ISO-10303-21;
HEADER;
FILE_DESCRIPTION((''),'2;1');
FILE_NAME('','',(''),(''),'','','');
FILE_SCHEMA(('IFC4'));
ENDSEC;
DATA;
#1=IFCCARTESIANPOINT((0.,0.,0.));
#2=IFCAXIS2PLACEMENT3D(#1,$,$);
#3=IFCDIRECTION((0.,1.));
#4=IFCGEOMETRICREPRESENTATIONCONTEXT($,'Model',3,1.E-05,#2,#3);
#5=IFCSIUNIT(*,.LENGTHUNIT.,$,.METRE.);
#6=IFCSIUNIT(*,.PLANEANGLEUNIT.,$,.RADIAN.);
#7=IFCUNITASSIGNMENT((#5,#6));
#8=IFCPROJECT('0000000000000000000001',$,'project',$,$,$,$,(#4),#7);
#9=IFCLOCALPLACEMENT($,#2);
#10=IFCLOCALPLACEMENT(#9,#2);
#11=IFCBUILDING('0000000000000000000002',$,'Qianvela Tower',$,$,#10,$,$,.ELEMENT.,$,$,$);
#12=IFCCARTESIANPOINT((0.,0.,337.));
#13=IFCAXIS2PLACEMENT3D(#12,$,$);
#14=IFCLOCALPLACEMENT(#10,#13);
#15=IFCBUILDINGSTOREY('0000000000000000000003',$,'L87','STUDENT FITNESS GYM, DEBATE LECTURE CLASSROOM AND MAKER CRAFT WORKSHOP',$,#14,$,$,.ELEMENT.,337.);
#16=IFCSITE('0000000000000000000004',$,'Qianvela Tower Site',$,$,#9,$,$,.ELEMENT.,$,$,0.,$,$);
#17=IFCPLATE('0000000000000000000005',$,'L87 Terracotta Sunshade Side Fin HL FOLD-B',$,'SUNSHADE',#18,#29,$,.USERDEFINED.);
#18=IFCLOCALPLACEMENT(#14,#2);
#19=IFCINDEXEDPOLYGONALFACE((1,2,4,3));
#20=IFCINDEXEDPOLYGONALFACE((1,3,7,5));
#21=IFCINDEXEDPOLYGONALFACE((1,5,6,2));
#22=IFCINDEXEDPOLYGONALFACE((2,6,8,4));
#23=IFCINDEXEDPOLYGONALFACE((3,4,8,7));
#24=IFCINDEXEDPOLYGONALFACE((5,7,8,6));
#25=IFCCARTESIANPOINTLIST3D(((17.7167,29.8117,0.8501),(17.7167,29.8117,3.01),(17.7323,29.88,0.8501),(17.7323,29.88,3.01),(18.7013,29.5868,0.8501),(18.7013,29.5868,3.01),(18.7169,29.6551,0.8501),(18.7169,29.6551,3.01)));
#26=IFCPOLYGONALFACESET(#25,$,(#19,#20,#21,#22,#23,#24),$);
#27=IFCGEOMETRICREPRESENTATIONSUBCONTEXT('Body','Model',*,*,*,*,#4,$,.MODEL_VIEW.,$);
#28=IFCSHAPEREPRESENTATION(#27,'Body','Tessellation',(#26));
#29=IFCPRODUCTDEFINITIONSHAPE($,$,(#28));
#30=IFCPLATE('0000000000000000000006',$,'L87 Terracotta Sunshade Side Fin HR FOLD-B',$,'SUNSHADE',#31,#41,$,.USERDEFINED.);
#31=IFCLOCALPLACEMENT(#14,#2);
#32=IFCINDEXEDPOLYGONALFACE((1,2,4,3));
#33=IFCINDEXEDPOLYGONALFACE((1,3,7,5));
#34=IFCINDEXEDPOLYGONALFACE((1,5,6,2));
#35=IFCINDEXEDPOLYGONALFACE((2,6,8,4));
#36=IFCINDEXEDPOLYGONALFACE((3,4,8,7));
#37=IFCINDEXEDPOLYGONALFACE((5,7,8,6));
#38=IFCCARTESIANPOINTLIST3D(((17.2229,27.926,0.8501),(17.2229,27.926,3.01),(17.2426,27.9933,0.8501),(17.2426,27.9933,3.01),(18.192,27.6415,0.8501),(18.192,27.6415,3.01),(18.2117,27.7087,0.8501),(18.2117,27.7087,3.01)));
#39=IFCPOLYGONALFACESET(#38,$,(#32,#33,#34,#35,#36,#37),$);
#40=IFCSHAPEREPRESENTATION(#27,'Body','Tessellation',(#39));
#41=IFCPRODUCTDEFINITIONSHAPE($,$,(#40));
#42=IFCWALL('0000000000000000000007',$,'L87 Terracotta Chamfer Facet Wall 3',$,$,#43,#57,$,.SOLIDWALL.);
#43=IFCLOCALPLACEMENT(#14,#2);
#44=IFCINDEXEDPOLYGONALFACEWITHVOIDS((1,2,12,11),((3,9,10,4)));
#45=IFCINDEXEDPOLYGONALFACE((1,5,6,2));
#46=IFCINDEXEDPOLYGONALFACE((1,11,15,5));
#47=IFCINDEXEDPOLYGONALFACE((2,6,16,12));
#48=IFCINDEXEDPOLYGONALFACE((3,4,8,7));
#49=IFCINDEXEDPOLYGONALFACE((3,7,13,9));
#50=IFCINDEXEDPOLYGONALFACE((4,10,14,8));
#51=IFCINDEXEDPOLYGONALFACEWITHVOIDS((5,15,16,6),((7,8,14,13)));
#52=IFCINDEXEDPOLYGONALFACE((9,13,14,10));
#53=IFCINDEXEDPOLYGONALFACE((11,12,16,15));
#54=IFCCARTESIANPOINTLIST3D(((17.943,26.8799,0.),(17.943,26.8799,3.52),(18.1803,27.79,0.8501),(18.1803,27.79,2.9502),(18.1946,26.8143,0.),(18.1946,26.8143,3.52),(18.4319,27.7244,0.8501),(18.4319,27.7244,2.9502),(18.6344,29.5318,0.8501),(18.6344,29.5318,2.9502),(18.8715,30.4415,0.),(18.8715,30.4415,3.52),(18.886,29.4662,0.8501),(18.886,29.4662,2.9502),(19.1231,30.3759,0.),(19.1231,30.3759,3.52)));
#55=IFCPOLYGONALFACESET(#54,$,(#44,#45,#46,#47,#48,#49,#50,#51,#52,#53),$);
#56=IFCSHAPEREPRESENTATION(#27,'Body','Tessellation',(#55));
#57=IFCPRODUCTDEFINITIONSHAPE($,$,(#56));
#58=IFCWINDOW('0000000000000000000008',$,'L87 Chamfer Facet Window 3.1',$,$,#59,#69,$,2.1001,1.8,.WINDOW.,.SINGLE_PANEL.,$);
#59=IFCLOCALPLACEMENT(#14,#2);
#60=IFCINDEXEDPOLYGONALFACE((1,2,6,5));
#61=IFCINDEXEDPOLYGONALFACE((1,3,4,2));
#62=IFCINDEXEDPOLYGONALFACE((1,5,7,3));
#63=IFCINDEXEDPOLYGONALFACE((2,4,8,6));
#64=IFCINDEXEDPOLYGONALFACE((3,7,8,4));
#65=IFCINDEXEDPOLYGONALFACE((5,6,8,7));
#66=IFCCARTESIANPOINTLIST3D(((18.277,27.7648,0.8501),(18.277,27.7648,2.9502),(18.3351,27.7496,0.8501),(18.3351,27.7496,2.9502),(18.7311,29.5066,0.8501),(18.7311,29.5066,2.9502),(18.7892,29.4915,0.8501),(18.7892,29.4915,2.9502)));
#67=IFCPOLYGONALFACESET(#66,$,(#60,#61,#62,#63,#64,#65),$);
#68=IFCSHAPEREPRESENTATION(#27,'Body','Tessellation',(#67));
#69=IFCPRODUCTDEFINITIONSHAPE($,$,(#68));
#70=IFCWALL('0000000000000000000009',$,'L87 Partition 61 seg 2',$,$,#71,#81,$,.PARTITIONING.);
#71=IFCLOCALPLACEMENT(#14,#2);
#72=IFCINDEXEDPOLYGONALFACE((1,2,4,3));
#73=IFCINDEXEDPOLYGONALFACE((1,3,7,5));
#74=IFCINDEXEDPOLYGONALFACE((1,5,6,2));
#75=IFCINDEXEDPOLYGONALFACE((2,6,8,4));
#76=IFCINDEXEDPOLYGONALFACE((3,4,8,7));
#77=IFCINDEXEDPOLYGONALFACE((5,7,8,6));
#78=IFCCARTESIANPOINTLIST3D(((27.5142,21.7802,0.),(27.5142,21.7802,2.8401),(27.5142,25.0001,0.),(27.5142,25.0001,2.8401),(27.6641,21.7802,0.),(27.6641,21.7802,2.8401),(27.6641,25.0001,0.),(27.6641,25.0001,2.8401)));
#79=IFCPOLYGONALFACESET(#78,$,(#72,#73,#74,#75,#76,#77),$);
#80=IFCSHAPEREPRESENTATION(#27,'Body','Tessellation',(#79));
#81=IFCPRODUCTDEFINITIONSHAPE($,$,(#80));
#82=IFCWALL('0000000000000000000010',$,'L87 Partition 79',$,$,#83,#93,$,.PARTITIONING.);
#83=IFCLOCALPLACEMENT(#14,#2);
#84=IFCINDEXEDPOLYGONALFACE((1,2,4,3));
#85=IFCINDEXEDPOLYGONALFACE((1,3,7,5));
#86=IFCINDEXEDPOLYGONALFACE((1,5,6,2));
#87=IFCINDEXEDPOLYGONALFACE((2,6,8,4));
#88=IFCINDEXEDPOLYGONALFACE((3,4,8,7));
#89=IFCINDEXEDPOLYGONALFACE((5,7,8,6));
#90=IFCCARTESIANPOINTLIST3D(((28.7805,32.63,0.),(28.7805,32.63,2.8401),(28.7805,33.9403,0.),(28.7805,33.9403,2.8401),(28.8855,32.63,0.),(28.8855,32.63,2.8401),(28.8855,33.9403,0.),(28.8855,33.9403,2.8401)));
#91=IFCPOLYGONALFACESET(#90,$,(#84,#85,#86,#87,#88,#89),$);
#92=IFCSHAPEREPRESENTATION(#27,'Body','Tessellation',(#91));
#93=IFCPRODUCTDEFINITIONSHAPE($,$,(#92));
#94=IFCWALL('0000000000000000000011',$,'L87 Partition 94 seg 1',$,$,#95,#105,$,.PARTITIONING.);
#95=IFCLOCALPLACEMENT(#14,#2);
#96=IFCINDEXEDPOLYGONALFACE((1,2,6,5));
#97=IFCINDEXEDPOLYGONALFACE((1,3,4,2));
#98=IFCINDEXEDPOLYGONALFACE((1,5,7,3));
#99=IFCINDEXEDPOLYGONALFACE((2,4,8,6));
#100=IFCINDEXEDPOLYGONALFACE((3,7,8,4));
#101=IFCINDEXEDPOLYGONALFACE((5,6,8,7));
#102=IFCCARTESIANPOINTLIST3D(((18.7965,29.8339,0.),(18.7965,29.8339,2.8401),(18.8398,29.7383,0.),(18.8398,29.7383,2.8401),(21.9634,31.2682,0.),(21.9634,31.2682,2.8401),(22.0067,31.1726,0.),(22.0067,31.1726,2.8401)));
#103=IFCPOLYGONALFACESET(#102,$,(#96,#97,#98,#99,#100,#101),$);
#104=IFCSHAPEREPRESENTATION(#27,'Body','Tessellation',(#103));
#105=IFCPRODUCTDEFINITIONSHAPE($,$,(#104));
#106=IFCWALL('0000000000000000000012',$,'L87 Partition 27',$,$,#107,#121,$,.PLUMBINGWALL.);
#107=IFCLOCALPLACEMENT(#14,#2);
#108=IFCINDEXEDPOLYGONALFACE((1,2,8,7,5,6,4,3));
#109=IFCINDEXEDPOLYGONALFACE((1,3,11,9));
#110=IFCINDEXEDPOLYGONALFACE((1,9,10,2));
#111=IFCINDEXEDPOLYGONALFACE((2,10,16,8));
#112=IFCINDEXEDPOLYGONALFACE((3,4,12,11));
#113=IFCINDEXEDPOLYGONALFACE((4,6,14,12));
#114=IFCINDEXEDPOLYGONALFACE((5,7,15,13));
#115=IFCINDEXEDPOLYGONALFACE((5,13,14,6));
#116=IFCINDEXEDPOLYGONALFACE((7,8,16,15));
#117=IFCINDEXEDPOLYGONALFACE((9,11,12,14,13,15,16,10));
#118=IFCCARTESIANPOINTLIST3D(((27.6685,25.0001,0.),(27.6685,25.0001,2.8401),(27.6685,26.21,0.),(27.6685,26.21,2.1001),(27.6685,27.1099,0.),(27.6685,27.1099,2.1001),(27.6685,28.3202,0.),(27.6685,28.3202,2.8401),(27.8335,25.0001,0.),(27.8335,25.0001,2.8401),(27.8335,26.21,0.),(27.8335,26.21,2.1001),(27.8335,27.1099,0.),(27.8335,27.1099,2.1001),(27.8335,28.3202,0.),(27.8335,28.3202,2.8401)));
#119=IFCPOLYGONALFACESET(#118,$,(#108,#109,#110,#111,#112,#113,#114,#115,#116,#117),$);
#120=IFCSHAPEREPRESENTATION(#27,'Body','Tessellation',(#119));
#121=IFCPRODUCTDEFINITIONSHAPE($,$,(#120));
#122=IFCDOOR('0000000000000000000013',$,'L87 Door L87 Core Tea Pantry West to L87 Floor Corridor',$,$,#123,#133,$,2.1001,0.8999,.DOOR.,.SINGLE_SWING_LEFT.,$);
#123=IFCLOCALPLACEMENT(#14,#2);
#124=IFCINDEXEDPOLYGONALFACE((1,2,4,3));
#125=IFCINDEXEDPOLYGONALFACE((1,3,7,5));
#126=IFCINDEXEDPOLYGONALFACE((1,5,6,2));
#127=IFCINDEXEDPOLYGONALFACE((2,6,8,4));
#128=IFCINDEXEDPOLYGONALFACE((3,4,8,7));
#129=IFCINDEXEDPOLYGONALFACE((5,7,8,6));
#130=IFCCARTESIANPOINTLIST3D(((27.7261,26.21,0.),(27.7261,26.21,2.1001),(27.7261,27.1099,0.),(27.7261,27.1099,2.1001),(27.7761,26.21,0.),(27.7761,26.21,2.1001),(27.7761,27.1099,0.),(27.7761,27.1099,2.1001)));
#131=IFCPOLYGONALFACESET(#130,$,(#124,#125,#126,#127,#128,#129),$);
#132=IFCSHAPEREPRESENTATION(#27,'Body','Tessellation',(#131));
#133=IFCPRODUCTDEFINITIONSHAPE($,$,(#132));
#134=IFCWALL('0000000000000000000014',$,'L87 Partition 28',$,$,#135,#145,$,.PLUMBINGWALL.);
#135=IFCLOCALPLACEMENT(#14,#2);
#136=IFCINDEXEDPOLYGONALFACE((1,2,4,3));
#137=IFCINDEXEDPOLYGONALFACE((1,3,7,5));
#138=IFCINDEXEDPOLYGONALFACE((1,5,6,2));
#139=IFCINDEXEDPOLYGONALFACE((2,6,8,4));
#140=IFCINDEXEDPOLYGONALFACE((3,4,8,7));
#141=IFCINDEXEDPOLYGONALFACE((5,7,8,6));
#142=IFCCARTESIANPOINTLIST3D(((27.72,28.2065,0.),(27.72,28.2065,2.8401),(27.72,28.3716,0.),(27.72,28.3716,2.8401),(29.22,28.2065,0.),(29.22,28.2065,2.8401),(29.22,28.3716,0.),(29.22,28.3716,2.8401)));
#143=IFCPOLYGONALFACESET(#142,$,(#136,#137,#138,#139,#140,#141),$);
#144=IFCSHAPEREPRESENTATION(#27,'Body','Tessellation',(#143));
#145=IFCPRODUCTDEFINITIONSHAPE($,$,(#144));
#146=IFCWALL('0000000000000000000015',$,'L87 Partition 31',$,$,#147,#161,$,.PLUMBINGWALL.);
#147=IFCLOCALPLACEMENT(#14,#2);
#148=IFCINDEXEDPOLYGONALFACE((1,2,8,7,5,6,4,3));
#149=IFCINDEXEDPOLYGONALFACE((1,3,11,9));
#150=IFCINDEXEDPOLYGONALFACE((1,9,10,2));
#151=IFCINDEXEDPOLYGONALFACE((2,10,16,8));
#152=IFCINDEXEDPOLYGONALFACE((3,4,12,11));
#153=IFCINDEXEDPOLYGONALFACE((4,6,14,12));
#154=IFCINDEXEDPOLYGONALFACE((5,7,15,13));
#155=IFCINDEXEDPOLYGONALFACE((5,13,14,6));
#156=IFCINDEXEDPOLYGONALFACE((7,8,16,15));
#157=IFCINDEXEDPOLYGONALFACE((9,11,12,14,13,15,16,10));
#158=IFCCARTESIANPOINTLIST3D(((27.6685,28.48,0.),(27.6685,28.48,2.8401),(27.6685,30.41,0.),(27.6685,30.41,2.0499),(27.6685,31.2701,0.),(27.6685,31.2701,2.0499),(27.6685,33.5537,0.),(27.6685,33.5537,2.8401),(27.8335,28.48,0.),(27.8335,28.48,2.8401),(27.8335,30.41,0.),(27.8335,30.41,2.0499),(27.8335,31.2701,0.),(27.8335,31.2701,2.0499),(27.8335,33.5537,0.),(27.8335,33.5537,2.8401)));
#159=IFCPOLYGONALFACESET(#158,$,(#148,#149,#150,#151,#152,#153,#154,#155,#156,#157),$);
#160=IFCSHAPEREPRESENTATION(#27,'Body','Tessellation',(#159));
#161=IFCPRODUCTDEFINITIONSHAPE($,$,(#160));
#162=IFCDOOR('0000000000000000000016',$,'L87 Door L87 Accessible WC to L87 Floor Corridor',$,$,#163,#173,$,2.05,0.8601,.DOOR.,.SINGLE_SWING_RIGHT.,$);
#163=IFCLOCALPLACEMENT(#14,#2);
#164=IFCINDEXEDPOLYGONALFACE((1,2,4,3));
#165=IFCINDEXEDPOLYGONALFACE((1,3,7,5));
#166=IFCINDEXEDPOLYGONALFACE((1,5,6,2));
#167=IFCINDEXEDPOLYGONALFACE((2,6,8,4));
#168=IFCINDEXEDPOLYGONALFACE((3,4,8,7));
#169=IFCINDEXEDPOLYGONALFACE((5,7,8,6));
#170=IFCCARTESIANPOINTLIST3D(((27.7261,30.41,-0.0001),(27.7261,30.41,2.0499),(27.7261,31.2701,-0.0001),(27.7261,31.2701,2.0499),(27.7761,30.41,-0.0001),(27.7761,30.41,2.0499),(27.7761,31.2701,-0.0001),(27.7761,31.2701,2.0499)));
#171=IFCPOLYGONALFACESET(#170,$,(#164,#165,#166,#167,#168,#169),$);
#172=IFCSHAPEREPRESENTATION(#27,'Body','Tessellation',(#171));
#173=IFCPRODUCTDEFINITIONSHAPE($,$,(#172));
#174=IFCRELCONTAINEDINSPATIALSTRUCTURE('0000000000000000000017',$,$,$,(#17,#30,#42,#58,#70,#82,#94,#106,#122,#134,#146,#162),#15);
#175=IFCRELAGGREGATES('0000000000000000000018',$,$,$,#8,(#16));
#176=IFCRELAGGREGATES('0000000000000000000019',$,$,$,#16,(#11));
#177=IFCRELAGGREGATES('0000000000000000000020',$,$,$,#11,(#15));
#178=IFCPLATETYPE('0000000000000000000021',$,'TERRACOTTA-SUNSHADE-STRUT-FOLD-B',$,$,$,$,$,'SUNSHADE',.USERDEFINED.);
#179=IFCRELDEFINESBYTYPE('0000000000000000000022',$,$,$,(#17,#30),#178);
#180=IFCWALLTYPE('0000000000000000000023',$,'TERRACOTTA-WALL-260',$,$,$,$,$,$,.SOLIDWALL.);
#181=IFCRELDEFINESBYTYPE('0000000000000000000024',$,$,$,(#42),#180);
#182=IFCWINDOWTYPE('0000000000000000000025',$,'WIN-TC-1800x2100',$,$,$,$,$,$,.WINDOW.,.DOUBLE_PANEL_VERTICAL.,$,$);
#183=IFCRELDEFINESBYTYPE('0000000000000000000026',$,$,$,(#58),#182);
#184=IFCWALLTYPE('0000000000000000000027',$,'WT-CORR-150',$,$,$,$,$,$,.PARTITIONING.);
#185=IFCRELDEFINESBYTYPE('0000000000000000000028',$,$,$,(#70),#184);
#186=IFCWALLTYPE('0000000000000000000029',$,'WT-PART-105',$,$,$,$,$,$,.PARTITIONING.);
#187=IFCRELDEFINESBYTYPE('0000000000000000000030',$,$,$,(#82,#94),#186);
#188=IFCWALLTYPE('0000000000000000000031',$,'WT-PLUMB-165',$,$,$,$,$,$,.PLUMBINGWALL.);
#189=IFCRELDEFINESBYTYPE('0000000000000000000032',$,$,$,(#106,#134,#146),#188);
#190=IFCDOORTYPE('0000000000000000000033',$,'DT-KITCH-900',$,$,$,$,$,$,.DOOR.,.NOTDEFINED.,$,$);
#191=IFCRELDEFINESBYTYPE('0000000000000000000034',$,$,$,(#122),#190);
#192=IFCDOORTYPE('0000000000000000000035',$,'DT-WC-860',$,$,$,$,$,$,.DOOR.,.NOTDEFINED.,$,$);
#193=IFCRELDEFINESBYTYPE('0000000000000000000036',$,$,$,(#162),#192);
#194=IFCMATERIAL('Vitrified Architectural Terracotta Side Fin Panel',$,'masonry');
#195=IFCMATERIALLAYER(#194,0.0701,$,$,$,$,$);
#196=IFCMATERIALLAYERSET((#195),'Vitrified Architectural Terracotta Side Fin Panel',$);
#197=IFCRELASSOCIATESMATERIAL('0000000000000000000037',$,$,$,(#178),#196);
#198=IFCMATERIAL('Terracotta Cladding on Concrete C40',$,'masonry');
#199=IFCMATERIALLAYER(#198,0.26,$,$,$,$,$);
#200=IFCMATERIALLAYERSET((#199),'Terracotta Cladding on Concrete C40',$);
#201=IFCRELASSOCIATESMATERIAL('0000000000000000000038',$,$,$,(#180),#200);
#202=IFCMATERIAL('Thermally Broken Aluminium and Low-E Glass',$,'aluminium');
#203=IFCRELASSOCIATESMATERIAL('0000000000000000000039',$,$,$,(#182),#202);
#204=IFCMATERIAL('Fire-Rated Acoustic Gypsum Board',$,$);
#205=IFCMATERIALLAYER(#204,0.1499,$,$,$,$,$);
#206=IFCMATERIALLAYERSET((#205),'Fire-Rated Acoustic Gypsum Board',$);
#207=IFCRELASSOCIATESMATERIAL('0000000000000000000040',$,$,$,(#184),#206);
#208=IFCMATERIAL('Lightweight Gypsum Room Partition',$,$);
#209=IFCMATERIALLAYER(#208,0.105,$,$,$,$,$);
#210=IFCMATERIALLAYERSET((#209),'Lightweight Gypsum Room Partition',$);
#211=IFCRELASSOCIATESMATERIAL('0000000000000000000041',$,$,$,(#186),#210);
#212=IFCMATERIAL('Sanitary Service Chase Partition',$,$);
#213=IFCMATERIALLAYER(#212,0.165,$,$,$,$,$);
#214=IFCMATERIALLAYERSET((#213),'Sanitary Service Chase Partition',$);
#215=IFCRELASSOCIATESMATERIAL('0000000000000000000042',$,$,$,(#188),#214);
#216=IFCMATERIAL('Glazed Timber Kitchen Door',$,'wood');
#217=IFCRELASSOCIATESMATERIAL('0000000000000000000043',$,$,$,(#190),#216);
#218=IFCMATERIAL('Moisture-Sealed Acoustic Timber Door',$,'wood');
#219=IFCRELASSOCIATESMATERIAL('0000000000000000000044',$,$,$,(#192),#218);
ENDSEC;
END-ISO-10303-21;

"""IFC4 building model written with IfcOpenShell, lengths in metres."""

from ifc_helpers import new_model, si_unit, direction, frame, frame_2d, origin, origin_2d, place, context, subcontext, project, spatial, rectangle, extrude, material, layer, layer_set, type_object, element, fill, save


model = new_model("IFC4")

# Units and contexts
model_context = context("Model", 3, precision=1e-05, world=origin(), true_north=direction((0.0, 1.0)))
body_context = subcontext(model_context, "Body", "Model", "MODEL_VIEW")
ifc_project = project(units=[si_unit("LENGTHUNIT", "METRE"), si_unit("PLANEANGLEUNIT", "RADIAN")], contexts=[model_context])

# Site, building, storey
site_placement = place(None, origin())
site = spatial("IfcSite", under=ifc_project, at=site_placement, Name="Qianvela Tower Site", CompositionType="ELEMENT", RefElevation=0.0)
building_placement = place(site_placement, origin())
building = spatial("IfcBuilding", under=site, at=building_placement, Name="Qianvela Tower", CompositionType="ELEMENT")
storey_placement = place(building_placement, frame((0.0, 0.0, 337.0)))
storey = spatial("IfcBuildingStorey", under=building, at=storey_placement, Name="L87", Description="STUDENT FITNESS GYM, DEBATE LECTURE CLASSROOM AND MAKER CRAFT WORKSHOP", CompositionType="ELEMENT", Elevation=337.0)

# Plates
ifc_material_1 = material(Name="Vitrified Architectural Terracotta Side Fin Panel", Category="masonry")
ifc_layer_1 = layer(ifc_material_1, 0.0701)
ifc_layer_set_1 = layer_set([ifc_layer_1], Name="Vitrified Architectural Terracotta Side Fin Panel")
plate_type_1 = type_object("IfcPlateType", Name="TERRACOTTA-SUNSHADE-STRUT-FOLD-B", ElementType="SUNSHADE", PredefinedType="USERDEFINED", material=ifc_layer_set_1)
for number, where, z_axis, x_axis, name in (
    (1, (18.2168, 29.7334, 0.8501), (0.0, 0.0, 1.0), (-0.222622, -0.974905, 0.0), "L87 Terracotta Sunshade Side Fin HL FOLD-B"),
    (2, (17.7173, 27.8174, 0.8501), (0.0, 0.0, 1.0), (-0.281724, -0.959496, 0.0), "L87 Terracotta Sunshade Side Fin HR FOLD-B"),
):
    element("IfcPlate", number, at=place(storey_placement, frame(where, z_axis=z_axis, x_axis=x_axis)), inside=storey, type_object=plate_type_1, Name=name, ObjectType="SUNSHADE", PredefinedType="USERDEFINED", context=body_context, shape_type="SweptSolid", body=[
        extrude(rectangle(XDim=0.0701, YDim=1.01, at=origin_2d()), origin(), (0.0, 0.0, 1.0), 2.1599),
    ])

# Wall, opening, window
ifc_material_2 = material(Name="Terracotta Cladding on Concrete C40", Category="masonry")
ifc_layer_2 = layer(ifc_material_2, 0.26)
ifc_layer_set_2 = layer_set([ifc_layer_2], Name="Terracotta Cladding on Concrete C40")
wall_type_1 = type_object("IfcWallType", Name="TERRACOTTA-WALL-260", PredefinedType="SOLIDWALL", material=ifc_layer_set_2)
wall_1_placement = place(storey_placement, frame((18.9973, 30.4087, 0.0), z_axis=(0.0, 0.0, 1.0), x_axis=(-0.252263, -0.967659, 0.0)))
wall_1 = element("IfcWall", 3, at=wall_1_placement, inside=storey, type_object=wall_type_1, Name="L87 Terracotta Chamfer Facet Wall 3", PredefinedType="SOLIDWALL", context=body_context, shape_type="SweptSolid", body=[
    extrude(rectangle(XDim=3.6807, YDim=0.26, at=frame_2d((1.8403, 0.0))), origin(), (0.0, 0.0, 1.0), 3.52),
])
opening_1_placement = place(wall_1_placement, frame((0.9402, 0.0, 0.8501)))
opening_1 = element("IfcOpeningElement", 4, at=opening_1_placement, cuts=wall_1, PredefinedType="OPENING", context=body_context, shape_type="SweptSolid", body=[
    extrude(rectangle(XDim=1.8, YDim=2.1001, at=frame_2d((0.8999, 1.05))), frame((0.0, 0.1399, 0.0), z_axis=(0.0, -1.0, 0.0), x_axis=(1.0, 0.0, 0.0)), (0.0, 0.0, 1.0), 0.28),
])
ifc_material_3 = material(Name="Thermally Broken Aluminium and Low-E Glass", Category="aluminium")
window_type = type_object("IfcWindowType", Name="WIN-TC-1800x2100", PartitioningType="DOUBLE_PANEL_VERTICAL", PredefinedType="WINDOW", material=ifc_material_3)
window_placement = place(opening_1_placement, origin())
window = element("IfcWindow", 5, at=window_placement, inside=storey, type_object=window_type, Name="L87 Chamfer Facet Window 3.1", OverallHeight=2.1001, OverallWidth=1.8, PartitioningType="SINGLE_PANEL", PredefinedType="WINDOW", context=body_context, shape_type="SweptSolid", body=[
    extrude(rectangle(XDim=1.8, YDim=2.1001, at=frame_2d((0.8999, 1.05))), frame((0.0, 0.03, 0.0), z_axis=(0.0, -1.0, 0.0), x_axis=(1.0, 0.0, 0.0)), (0.0, 0.0, 1.0), 0.0601),
])
fill(opening_1, window)

# Walls
ifc_material_4 = material(Name="Fire-Rated Acoustic Gypsum Board")
ifc_layer_3 = layer(ifc_material_4, 0.1499)
ifc_layer_set_3 = layer_set([ifc_layer_3], Name="Fire-Rated Acoustic Gypsum Board")
wall_type_2 = type_object("IfcWallType", Name="WT-CORR-150", PredefinedType="PARTITIONING", material=ifc_layer_set_3)
wall_2_placement = place(storey_placement, frame((27.5891, 25.0, 0.0), z_axis=(0.0, 0.0, 1.0), x_axis=(0.0, -1.0, 0.0)))
element("IfcWall", 6, at=wall_2_placement, inside=storey, type_object=wall_type_2, Name="L87 Partition 61 seg 2", PredefinedType="PARTITIONING", context=body_context, shape_type="SweptSolid", body=[
    extrude(rectangle(XDim=3.22, YDim=0.1499, at=frame_2d((1.6099, 0.0))), origin(), (0.0, 0.0, 1.0), 2.8401),
])
ifc_material_5 = material(Name="Lightweight Gypsum Room Partition")
ifc_layer_4 = layer(ifc_material_5, 0.105)
ifc_layer_set_4 = layer_set([ifc_layer_4], Name="Lightweight Gypsum Room Partition")
wall_type_3 = type_object("IfcWallType", Name="WT-PART-105", PredefinedType="PARTITIONING", material=ifc_layer_set_4)
wall_3_placement = place(storey_placement, frame((28.833, 32.6299, 0.0), z_axis=(0.0, 0.0, 1.0), x_axis=(0.0, 1.0, 0.0)))
element("IfcWall", 7, at=wall_3_placement, inside=storey, type_object=wall_type_3, Name="L87 Partition 79", PredefinedType="PARTITIONING", context=body_context, shape_type="SweptSolid", body=[
    extrude(rectangle(XDim=1.3103, YDim=0.105, at=frame_2d((0.6553, 0.0))), origin(), (0.0, 0.0, 1.0), 2.8401),
])
wall_4_placement = place(storey_placement, frame((18.8181, 29.7861, 0.0), z_axis=(0.0, 0.0, 1.0), x_axis=(0.910931, 0.412559, 0.0)))
element("IfcWall", 8, at=wall_4_placement, inside=storey, type_object=wall_type_3, Name="L87 Partition 94 seg 1", PredefinedType="PARTITIONING", context=body_context, shape_type="SweptSolid", body=[
    extrude(rectangle(XDim=3.4766, YDim=0.105, at=frame_2d((1.7383, 0.0))), origin(), (0.0, 0.0, 1.0), 2.8401),
])

# Wall, opening, door
ifc_material_6 = material(Name="Sanitary Service Chase Partition")
ifc_layer_5 = layer(ifc_material_6, 0.165)
ifc_layer_set_5 = layer_set([ifc_layer_5], Name="Sanitary Service Chase Partition")
wall_type_4 = type_object("IfcWallType", Name="WT-PLUMB-165", PredefinedType="PLUMBINGWALL", material=ifc_layer_set_5)
wall_5_placement = place(storey_placement, frame((27.751, 25.0, 0.0), z_axis=(0.0, 0.0, 1.0), x_axis=(0.0, 1.0, 0.0)))
wall_5 = element("IfcWall", 9, at=wall_5_placement, inside=storey, type_object=wall_type_4, Name="L87 Partition 27", PredefinedType="PLUMBINGWALL", context=body_context, shape_type="SweptSolid", body=[
    extrude(rectangle(XDim=3.3201, YDim=0.165, at=frame_2d((1.6602, 0.0))), origin(), (0.0, 0.0, 1.0), 2.8401),
])
opening_2_placement = place(wall_5_placement, frame((1.21, 0.0, 0.0)))
opening_2 = element("IfcOpeningElement", 10, at=opening_2_placement, cuts=wall_5, PredefinedType="OPENING", context=body_context, shape_type="SweptSolid", body=[
    extrude(rectangle(XDim=0.8999, YDim=2.1001, at=frame_2d((0.45, 1.05))), frame((0.0, 0.0925, 0.0), z_axis=(0.0, -1.0, 0.0), x_axis=(1.0, 0.0, 0.0)), (0.0, 0.0, 1.0), 0.1851),
])
ifc_material_7 = material(Name="Glazed Timber Kitchen Door", Category="wood")
door_type_1 = type_object("IfcDoorType", Name="DT-KITCH-900", OperationType="NOTDEFINED", PredefinedType="DOOR", material=ifc_material_7)
door_1_placement = place(opening_2_placement, origin())
door_1 = element("IfcDoor", 11, at=door_1_placement, inside=storey, type_object=door_type_1, Name="L87 Door L87 Core Tea Pantry West to L87 Floor Corridor", OperationType="SINGLE_SWING_LEFT", OverallHeight=2.1001, OverallWidth=0.8999, PredefinedType="DOOR", context=body_context, shape_type="SweptSolid", body=[
    extrude(rectangle(XDim=0.8999, YDim=2.1001, at=frame_2d((0.45, 1.05))), frame((0.0, 0.0249, 0.0), z_axis=(0.0, -1.0, 0.0), x_axis=(1.0, 0.0, 0.0)), (0.0, 0.0, 1.0), 0.05),
])
fill(opening_2, door_1)

# Wall
wall_6_placement = place(storey_placement, frame((27.72, 28.2891, 0.0), z_axis=(0.0, 0.0, 1.0), x_axis=(1.0, 0.0, 0.0)))
element("IfcWall", 12, at=wall_6_placement, inside=storey, type_object=wall_type_4, Name="L87 Partition 28", PredefinedType="PLUMBINGWALL", context=body_context, shape_type="SweptSolid", body=[
    extrude(rectangle(XDim=1.5, YDim=0.165, at=frame_2d((0.75, 0.0))), origin(), (0.0, 0.0, 1.0), 2.8401),
])

# Wall, opening, door
wall_7_placement = place(storey_placement, frame((27.751, 28.48, 0.0), z_axis=(0.0, 0.0, 1.0), x_axis=(0.0, 1.0, 0.0)))
wall_7 = element("IfcWall", 13, at=wall_7_placement, inside=storey, type_object=wall_type_4, Name="L87 Partition 31", PredefinedType="PLUMBINGWALL", context=body_context, shape_type="SweptSolid", body=[
    extrude(rectangle(XDim=5.0737, YDim=0.165, at=frame_2d((2.5369, 0.0))), origin(), (0.0, 0.0, 1.0), 2.8401),
])
opening_3_placement = place(wall_7_placement, frame((1.9299, 0.0, 0.0)))
opening_3 = element("IfcOpeningElement", 14, at=opening_3_placement, cuts=wall_7, PredefinedType="OPENING", context=body_context, shape_type="SweptSolid", body=[
    extrude(rectangle(XDim=0.8601, YDim=2.05, at=frame_2d((0.4302, 1.0249))), frame((0.0, 0.0925, 0.0), z_axis=(0.0, -1.0, 0.0), x_axis=(1.0, 0.0, 0.0)), (0.0, 0.0, 1.0), 0.1851),
])
ifc_material_8 = material(Name="Moisture-Sealed Acoustic Timber Door", Category="wood")
door_type_2 = type_object("IfcDoorType", Name="DT-WC-860", OperationType="NOTDEFINED", PredefinedType="DOOR", material=ifc_material_8)
door_2_placement = place(opening_3_placement, origin())
door_2 = element("IfcDoor", 15, at=door_2_placement, inside=storey, type_object=door_type_2, Name="L87 Door L87 Accessible WC to L87 Floor Corridor", OperationType="SINGLE_SWING_RIGHT", OverallHeight=2.05, OverallWidth=0.8601, PredefinedType="DOOR", context=body_context, shape_type="SweptSolid", body=[
    extrude(rectangle(XDim=0.8601, YDim=2.05, at=frame_2d((0.4302, 1.0249))), frame((0.0, 0.0249, 0.0), z_axis=(0.0, -1.0, 0.0), x_axis=(1.0, 0.0, 0.0)), (0.0, 0.0, 1.0), 0.05),
])
fill(opening_3, door_2)

save(model, "model.ifc")
